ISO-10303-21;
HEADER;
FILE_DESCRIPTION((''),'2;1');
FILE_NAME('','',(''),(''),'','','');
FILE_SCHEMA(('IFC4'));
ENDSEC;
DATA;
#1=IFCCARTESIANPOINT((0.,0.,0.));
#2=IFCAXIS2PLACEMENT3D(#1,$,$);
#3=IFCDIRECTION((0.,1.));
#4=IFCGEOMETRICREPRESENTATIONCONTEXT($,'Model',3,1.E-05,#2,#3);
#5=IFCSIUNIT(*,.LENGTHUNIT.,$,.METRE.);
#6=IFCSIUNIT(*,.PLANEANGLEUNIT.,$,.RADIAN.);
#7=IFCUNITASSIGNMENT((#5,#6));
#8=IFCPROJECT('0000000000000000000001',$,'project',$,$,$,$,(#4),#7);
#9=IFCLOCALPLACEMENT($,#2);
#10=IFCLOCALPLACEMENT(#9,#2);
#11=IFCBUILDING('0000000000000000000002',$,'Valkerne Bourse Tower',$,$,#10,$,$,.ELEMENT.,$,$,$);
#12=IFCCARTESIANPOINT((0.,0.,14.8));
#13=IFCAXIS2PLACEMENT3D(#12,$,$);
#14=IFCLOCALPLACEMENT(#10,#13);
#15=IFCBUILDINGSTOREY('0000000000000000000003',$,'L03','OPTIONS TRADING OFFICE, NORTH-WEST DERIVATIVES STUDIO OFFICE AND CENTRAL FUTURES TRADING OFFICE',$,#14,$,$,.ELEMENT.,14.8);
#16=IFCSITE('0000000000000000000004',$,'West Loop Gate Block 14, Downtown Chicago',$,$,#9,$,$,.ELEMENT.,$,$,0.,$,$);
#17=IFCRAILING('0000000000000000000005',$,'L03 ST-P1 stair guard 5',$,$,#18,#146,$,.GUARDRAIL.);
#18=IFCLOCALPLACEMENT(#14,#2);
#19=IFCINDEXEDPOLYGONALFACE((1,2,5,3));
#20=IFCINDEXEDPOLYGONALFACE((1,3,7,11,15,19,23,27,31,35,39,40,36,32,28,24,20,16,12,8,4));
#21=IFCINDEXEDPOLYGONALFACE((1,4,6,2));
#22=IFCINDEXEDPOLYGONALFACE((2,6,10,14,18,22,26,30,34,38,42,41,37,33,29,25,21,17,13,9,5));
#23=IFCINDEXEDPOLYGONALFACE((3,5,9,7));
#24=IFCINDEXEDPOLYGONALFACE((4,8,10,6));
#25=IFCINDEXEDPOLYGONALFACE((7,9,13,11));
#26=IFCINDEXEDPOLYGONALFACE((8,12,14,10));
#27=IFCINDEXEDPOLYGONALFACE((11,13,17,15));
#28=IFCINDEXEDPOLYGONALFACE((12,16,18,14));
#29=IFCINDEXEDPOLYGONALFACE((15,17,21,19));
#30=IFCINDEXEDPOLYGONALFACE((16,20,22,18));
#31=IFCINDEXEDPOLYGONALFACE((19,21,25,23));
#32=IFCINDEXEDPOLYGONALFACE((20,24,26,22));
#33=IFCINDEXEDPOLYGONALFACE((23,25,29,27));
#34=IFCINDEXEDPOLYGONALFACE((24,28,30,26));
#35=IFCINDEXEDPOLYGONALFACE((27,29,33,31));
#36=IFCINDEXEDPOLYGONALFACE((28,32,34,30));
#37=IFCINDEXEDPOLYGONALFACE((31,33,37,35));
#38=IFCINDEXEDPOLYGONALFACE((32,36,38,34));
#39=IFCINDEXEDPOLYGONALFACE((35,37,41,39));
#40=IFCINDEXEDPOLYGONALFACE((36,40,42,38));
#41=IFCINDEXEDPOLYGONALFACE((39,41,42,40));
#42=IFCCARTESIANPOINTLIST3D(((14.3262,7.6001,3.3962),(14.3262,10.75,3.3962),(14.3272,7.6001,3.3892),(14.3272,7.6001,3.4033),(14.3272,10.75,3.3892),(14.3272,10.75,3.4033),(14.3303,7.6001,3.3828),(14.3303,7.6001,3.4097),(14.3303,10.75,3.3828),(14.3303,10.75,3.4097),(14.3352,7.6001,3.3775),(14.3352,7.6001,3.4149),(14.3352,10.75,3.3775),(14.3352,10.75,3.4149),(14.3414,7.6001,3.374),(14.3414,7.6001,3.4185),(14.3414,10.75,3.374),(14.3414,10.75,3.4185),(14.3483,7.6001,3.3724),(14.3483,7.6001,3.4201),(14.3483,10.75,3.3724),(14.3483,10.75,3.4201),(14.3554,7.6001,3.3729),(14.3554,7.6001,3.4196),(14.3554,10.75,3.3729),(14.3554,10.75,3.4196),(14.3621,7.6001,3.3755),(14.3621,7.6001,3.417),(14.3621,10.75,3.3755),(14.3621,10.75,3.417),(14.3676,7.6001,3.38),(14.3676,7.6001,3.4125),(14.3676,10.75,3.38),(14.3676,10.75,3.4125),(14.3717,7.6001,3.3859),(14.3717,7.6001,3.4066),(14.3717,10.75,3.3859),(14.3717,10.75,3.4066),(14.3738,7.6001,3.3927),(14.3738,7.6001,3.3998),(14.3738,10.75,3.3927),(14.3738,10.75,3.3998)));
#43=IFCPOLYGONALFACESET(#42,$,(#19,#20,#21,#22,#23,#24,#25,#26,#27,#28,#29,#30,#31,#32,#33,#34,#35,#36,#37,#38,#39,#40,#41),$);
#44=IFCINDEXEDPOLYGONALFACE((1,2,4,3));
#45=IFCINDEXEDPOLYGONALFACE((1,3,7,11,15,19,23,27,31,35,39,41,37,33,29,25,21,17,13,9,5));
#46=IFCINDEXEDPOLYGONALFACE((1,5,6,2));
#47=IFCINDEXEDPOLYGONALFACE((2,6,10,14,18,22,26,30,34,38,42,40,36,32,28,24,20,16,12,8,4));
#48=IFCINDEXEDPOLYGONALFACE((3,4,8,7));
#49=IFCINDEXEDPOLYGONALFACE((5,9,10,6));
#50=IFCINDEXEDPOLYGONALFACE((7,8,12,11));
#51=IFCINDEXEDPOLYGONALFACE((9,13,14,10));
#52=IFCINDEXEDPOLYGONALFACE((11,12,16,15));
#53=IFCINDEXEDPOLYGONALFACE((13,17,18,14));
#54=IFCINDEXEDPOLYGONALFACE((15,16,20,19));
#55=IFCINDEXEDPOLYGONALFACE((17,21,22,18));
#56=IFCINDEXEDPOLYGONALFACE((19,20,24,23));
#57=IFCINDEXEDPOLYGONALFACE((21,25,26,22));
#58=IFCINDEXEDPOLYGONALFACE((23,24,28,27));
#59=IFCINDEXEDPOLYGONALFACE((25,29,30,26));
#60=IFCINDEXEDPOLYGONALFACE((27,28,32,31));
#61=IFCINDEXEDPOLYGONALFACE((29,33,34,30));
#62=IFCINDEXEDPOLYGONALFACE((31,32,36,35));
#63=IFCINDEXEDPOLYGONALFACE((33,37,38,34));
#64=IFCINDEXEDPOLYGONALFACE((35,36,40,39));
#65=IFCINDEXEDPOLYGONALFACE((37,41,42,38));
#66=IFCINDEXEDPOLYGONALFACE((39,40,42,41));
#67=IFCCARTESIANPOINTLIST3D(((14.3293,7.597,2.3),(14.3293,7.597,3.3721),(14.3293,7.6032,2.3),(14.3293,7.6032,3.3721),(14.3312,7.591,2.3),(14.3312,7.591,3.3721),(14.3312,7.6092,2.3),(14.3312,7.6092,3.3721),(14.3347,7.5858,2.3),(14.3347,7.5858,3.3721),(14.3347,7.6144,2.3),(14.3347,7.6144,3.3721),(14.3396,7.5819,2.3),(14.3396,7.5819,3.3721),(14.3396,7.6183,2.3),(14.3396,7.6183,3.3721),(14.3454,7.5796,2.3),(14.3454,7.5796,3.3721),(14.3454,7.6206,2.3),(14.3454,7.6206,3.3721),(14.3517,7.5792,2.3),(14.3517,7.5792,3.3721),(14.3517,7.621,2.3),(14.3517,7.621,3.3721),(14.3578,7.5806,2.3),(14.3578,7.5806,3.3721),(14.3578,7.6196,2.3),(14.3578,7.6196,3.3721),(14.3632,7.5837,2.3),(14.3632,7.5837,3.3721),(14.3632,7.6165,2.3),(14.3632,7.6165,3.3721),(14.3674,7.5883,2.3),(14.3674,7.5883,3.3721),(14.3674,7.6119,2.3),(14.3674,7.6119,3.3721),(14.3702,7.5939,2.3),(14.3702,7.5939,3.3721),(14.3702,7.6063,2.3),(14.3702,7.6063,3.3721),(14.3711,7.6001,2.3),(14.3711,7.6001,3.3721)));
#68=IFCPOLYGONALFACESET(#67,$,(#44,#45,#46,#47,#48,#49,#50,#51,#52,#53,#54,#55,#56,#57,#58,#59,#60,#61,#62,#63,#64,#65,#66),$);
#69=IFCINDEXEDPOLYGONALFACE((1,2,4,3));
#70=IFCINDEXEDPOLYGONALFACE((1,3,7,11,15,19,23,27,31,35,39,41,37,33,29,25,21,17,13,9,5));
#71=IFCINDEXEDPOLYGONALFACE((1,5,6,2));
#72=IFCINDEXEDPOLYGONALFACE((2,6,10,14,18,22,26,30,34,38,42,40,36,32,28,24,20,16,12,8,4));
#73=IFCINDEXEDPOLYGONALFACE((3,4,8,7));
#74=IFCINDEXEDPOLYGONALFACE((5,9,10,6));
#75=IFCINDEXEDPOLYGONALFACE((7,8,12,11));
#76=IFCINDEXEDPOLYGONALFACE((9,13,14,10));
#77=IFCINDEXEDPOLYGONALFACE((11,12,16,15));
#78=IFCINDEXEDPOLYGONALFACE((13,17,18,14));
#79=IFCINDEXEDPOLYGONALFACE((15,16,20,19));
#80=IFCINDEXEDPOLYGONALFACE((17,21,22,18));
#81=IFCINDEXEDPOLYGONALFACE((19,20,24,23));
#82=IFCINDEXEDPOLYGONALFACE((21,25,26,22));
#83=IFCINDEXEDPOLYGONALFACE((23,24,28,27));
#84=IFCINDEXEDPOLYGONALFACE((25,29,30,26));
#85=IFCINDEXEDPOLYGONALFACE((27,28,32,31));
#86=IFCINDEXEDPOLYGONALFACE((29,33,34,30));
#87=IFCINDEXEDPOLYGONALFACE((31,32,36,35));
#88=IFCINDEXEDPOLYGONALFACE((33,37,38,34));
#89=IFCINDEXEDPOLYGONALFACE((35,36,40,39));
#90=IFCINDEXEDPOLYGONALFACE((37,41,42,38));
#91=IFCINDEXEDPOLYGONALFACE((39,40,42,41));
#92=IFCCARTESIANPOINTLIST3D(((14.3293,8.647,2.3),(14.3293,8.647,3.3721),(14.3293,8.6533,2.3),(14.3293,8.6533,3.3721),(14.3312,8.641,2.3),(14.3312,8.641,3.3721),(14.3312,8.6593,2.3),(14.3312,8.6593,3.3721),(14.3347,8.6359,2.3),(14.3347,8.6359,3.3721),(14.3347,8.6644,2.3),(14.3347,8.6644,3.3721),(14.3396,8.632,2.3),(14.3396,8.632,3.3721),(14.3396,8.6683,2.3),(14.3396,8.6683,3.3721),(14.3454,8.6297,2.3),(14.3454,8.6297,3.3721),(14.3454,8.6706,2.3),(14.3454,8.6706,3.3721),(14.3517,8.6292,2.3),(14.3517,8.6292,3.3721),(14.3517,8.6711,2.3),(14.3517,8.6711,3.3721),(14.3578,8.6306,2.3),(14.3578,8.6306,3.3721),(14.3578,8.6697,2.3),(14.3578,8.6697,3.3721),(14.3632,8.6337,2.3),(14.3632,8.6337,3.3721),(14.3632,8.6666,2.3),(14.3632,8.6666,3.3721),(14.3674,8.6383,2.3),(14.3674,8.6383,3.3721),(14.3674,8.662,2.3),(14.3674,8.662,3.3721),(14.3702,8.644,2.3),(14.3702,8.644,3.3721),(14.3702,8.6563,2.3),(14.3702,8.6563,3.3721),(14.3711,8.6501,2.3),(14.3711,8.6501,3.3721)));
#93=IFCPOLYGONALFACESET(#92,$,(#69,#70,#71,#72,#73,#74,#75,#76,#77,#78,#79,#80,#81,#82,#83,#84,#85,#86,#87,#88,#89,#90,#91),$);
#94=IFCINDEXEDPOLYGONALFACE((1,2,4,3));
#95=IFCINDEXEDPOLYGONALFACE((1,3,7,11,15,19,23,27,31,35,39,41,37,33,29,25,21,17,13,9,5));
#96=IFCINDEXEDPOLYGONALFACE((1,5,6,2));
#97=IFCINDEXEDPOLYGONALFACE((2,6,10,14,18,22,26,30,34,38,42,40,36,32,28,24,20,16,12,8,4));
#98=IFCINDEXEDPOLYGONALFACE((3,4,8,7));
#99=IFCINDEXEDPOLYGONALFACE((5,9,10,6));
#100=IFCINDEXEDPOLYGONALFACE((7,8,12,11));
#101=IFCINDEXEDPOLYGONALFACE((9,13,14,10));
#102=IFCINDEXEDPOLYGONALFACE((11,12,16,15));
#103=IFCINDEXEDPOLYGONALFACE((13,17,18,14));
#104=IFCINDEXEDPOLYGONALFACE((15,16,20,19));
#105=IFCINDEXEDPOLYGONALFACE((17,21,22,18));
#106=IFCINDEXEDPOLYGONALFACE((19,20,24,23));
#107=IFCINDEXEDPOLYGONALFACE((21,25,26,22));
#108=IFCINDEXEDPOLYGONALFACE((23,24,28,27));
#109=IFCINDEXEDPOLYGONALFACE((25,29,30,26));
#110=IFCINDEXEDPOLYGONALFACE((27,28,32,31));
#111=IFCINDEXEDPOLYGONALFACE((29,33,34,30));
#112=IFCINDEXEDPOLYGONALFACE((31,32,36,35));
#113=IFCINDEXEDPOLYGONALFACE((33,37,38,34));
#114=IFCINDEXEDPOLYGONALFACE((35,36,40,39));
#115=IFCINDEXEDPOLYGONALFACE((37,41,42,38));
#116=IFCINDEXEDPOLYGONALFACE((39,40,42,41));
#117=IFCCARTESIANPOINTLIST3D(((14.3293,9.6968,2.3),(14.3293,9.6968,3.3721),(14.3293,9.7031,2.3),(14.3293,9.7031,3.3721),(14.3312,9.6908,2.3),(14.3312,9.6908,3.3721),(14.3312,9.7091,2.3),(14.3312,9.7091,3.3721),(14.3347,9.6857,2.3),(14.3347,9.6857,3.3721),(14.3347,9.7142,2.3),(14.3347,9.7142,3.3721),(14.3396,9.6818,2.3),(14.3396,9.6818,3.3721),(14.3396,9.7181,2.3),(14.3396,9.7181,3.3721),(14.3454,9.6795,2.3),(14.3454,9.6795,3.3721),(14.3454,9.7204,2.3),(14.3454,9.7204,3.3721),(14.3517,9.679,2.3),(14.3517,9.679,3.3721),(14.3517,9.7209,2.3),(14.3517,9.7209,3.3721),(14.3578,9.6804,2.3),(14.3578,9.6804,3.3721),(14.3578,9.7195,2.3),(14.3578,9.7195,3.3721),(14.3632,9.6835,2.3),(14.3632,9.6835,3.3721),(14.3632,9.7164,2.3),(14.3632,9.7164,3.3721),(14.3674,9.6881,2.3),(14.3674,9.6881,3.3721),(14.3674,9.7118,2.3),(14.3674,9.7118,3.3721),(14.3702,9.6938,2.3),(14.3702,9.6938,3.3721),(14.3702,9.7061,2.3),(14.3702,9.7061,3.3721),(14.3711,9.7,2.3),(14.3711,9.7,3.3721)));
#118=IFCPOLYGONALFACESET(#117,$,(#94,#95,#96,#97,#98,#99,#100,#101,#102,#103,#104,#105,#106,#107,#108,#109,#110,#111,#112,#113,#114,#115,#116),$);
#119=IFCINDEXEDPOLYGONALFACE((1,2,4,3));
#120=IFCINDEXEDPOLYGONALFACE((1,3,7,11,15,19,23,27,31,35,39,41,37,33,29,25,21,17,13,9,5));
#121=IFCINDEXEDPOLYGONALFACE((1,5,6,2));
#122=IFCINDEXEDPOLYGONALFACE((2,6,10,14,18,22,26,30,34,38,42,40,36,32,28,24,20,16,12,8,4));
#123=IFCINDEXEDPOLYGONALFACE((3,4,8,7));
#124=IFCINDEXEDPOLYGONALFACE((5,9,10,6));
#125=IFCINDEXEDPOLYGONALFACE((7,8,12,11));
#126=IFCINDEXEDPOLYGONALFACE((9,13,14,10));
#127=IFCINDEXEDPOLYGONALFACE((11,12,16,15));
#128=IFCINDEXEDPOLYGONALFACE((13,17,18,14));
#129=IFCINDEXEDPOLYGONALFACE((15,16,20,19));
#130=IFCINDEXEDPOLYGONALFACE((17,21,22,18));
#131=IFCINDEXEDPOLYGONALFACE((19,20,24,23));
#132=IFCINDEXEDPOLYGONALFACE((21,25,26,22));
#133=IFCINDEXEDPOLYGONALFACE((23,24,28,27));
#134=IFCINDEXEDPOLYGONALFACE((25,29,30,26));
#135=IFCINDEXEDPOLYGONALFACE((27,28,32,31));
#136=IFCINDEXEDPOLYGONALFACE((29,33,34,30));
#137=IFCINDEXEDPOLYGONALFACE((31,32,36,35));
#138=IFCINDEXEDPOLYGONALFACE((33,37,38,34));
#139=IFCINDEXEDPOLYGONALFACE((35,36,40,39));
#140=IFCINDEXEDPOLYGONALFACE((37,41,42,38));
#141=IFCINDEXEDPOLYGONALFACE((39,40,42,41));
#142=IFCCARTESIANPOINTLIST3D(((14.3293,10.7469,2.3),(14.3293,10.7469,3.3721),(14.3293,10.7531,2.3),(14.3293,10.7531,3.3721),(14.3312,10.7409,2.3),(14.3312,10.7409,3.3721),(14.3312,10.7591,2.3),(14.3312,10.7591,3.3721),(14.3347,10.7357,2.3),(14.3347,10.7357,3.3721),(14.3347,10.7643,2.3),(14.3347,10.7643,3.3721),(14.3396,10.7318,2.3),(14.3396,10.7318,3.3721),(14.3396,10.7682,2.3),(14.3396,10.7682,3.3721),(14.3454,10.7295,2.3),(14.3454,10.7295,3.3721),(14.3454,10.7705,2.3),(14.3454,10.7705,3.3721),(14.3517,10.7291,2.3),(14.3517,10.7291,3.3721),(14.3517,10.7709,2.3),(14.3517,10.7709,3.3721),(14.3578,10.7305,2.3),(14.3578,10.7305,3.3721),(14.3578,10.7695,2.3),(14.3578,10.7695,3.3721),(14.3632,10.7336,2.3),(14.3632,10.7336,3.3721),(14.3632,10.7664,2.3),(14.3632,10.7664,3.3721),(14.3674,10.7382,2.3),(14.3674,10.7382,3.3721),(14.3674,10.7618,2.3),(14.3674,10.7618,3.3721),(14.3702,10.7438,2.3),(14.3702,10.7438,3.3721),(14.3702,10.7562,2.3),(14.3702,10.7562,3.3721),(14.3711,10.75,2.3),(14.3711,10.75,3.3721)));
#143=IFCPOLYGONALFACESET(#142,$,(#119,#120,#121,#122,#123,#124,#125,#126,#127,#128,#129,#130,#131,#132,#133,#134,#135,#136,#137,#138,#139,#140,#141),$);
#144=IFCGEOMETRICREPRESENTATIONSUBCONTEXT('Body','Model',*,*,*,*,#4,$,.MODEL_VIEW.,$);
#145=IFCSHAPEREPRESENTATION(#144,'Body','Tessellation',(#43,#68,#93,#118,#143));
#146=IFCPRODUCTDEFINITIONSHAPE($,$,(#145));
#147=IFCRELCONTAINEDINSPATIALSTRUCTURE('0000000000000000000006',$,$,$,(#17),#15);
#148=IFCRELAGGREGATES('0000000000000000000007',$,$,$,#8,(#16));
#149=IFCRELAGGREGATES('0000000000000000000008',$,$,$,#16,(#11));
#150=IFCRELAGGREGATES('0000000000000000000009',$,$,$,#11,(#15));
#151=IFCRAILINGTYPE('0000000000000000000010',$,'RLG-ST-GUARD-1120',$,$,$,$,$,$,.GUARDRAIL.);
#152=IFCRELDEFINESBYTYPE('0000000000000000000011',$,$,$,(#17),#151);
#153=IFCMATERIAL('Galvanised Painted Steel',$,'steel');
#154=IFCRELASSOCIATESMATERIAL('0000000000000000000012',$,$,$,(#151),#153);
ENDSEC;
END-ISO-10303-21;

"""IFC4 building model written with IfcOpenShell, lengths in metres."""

from ifc_helpers import new_model, si_unit, direction, frame, origin, origin_2d, place, context, subcontext, project, spatial, circle, extrude, material, type_object, element, save


model = new_model("IFC4")

# Units and contexts
model_context = context("Model", 3, precision=1e-05, world=origin(), true_north=direction((0.0, 1.0)))
body_context = subcontext(model_context, "Body", "Model", "MODEL_VIEW")
ifc_project = project(units=[si_unit("LENGTHUNIT", "METRE"), si_unit("PLANEANGLEUNIT", "RADIAN")], contexts=[model_context])

# Site, building, storey
site_placement = place(None, origin())
site = spatial("IfcSite", under=ifc_project, at=site_placement, Name="West Loop Gate Block 14, Downtown Chicago", CompositionType="ELEMENT", RefElevation=0.0)
building_placement = place(site_placement, origin())
building = spatial("IfcBuilding", under=site, at=building_placement, Name="Valkerne Bourse Tower", CompositionType="ELEMENT")
storey_placement = place(building_placement, frame((0.0, 0.0, 14.8)))
storey = spatial("IfcBuildingStorey", under=building, at=storey_placement, Name="L03", Description="OPTIONS TRADING OFFICE, NORTH-WEST DERIVATIVES STUDIO OFFICE AND CENTRAL FUTURES TRADING OFFICE", CompositionType="ELEMENT", Elevation=14.8)

# Railing
ifc_material_1 = material(Name="Galvanised Painted Steel", Category="steel")
railing_type_1 = type_object("IfcRailingType", Name="RLG-ST-GUARD-1120", PredefinedType="GUARDRAIL", material=ifc_material_1)
railing_1_placement = place(storey_placement, frame((14.3501, 7.6001, 2.3)))
element("IfcRailing", 1, at=railing_1_placement, inside=storey, type_object=railing_type_1, Name="L03 ST-P1 stair guard 5", PredefinedType="GUARDRAIL", context=body_context, shape_type="SweptSolid", body=[
    extrude(circle(Radius=0.0239, at=origin_2d()), frame((0.0, 0.0, 1.0962), z_axis=(0.0, 1.0, 0.0), x_axis=(-1.0, 0.0, 0.0)), (0.0, 0.0, 1.0), 3.1499),
    extrude(circle(Radius=0.021, at=origin_2d()), origin(), (0.0, 0.0, 1.0), 1.072),
    extrude(circle(Radius=0.021, at=origin_2d()), frame((0.0, 1.05, 0.0)), (0.0, 0.0, 1.0), 1.072),
    extrude(circle(Radius=0.021, at=origin_2d()), frame((0.0, 2.0999, 0.0)), (0.0, 0.0, 1.0), 1.072),
    extrude(circle(Radius=0.021, at=origin_2d()), frame((0.0, 3.1499, 0.0)), (0.0, 0.0, 1.0), 1.072),
])

save(model, "model.ifc")
